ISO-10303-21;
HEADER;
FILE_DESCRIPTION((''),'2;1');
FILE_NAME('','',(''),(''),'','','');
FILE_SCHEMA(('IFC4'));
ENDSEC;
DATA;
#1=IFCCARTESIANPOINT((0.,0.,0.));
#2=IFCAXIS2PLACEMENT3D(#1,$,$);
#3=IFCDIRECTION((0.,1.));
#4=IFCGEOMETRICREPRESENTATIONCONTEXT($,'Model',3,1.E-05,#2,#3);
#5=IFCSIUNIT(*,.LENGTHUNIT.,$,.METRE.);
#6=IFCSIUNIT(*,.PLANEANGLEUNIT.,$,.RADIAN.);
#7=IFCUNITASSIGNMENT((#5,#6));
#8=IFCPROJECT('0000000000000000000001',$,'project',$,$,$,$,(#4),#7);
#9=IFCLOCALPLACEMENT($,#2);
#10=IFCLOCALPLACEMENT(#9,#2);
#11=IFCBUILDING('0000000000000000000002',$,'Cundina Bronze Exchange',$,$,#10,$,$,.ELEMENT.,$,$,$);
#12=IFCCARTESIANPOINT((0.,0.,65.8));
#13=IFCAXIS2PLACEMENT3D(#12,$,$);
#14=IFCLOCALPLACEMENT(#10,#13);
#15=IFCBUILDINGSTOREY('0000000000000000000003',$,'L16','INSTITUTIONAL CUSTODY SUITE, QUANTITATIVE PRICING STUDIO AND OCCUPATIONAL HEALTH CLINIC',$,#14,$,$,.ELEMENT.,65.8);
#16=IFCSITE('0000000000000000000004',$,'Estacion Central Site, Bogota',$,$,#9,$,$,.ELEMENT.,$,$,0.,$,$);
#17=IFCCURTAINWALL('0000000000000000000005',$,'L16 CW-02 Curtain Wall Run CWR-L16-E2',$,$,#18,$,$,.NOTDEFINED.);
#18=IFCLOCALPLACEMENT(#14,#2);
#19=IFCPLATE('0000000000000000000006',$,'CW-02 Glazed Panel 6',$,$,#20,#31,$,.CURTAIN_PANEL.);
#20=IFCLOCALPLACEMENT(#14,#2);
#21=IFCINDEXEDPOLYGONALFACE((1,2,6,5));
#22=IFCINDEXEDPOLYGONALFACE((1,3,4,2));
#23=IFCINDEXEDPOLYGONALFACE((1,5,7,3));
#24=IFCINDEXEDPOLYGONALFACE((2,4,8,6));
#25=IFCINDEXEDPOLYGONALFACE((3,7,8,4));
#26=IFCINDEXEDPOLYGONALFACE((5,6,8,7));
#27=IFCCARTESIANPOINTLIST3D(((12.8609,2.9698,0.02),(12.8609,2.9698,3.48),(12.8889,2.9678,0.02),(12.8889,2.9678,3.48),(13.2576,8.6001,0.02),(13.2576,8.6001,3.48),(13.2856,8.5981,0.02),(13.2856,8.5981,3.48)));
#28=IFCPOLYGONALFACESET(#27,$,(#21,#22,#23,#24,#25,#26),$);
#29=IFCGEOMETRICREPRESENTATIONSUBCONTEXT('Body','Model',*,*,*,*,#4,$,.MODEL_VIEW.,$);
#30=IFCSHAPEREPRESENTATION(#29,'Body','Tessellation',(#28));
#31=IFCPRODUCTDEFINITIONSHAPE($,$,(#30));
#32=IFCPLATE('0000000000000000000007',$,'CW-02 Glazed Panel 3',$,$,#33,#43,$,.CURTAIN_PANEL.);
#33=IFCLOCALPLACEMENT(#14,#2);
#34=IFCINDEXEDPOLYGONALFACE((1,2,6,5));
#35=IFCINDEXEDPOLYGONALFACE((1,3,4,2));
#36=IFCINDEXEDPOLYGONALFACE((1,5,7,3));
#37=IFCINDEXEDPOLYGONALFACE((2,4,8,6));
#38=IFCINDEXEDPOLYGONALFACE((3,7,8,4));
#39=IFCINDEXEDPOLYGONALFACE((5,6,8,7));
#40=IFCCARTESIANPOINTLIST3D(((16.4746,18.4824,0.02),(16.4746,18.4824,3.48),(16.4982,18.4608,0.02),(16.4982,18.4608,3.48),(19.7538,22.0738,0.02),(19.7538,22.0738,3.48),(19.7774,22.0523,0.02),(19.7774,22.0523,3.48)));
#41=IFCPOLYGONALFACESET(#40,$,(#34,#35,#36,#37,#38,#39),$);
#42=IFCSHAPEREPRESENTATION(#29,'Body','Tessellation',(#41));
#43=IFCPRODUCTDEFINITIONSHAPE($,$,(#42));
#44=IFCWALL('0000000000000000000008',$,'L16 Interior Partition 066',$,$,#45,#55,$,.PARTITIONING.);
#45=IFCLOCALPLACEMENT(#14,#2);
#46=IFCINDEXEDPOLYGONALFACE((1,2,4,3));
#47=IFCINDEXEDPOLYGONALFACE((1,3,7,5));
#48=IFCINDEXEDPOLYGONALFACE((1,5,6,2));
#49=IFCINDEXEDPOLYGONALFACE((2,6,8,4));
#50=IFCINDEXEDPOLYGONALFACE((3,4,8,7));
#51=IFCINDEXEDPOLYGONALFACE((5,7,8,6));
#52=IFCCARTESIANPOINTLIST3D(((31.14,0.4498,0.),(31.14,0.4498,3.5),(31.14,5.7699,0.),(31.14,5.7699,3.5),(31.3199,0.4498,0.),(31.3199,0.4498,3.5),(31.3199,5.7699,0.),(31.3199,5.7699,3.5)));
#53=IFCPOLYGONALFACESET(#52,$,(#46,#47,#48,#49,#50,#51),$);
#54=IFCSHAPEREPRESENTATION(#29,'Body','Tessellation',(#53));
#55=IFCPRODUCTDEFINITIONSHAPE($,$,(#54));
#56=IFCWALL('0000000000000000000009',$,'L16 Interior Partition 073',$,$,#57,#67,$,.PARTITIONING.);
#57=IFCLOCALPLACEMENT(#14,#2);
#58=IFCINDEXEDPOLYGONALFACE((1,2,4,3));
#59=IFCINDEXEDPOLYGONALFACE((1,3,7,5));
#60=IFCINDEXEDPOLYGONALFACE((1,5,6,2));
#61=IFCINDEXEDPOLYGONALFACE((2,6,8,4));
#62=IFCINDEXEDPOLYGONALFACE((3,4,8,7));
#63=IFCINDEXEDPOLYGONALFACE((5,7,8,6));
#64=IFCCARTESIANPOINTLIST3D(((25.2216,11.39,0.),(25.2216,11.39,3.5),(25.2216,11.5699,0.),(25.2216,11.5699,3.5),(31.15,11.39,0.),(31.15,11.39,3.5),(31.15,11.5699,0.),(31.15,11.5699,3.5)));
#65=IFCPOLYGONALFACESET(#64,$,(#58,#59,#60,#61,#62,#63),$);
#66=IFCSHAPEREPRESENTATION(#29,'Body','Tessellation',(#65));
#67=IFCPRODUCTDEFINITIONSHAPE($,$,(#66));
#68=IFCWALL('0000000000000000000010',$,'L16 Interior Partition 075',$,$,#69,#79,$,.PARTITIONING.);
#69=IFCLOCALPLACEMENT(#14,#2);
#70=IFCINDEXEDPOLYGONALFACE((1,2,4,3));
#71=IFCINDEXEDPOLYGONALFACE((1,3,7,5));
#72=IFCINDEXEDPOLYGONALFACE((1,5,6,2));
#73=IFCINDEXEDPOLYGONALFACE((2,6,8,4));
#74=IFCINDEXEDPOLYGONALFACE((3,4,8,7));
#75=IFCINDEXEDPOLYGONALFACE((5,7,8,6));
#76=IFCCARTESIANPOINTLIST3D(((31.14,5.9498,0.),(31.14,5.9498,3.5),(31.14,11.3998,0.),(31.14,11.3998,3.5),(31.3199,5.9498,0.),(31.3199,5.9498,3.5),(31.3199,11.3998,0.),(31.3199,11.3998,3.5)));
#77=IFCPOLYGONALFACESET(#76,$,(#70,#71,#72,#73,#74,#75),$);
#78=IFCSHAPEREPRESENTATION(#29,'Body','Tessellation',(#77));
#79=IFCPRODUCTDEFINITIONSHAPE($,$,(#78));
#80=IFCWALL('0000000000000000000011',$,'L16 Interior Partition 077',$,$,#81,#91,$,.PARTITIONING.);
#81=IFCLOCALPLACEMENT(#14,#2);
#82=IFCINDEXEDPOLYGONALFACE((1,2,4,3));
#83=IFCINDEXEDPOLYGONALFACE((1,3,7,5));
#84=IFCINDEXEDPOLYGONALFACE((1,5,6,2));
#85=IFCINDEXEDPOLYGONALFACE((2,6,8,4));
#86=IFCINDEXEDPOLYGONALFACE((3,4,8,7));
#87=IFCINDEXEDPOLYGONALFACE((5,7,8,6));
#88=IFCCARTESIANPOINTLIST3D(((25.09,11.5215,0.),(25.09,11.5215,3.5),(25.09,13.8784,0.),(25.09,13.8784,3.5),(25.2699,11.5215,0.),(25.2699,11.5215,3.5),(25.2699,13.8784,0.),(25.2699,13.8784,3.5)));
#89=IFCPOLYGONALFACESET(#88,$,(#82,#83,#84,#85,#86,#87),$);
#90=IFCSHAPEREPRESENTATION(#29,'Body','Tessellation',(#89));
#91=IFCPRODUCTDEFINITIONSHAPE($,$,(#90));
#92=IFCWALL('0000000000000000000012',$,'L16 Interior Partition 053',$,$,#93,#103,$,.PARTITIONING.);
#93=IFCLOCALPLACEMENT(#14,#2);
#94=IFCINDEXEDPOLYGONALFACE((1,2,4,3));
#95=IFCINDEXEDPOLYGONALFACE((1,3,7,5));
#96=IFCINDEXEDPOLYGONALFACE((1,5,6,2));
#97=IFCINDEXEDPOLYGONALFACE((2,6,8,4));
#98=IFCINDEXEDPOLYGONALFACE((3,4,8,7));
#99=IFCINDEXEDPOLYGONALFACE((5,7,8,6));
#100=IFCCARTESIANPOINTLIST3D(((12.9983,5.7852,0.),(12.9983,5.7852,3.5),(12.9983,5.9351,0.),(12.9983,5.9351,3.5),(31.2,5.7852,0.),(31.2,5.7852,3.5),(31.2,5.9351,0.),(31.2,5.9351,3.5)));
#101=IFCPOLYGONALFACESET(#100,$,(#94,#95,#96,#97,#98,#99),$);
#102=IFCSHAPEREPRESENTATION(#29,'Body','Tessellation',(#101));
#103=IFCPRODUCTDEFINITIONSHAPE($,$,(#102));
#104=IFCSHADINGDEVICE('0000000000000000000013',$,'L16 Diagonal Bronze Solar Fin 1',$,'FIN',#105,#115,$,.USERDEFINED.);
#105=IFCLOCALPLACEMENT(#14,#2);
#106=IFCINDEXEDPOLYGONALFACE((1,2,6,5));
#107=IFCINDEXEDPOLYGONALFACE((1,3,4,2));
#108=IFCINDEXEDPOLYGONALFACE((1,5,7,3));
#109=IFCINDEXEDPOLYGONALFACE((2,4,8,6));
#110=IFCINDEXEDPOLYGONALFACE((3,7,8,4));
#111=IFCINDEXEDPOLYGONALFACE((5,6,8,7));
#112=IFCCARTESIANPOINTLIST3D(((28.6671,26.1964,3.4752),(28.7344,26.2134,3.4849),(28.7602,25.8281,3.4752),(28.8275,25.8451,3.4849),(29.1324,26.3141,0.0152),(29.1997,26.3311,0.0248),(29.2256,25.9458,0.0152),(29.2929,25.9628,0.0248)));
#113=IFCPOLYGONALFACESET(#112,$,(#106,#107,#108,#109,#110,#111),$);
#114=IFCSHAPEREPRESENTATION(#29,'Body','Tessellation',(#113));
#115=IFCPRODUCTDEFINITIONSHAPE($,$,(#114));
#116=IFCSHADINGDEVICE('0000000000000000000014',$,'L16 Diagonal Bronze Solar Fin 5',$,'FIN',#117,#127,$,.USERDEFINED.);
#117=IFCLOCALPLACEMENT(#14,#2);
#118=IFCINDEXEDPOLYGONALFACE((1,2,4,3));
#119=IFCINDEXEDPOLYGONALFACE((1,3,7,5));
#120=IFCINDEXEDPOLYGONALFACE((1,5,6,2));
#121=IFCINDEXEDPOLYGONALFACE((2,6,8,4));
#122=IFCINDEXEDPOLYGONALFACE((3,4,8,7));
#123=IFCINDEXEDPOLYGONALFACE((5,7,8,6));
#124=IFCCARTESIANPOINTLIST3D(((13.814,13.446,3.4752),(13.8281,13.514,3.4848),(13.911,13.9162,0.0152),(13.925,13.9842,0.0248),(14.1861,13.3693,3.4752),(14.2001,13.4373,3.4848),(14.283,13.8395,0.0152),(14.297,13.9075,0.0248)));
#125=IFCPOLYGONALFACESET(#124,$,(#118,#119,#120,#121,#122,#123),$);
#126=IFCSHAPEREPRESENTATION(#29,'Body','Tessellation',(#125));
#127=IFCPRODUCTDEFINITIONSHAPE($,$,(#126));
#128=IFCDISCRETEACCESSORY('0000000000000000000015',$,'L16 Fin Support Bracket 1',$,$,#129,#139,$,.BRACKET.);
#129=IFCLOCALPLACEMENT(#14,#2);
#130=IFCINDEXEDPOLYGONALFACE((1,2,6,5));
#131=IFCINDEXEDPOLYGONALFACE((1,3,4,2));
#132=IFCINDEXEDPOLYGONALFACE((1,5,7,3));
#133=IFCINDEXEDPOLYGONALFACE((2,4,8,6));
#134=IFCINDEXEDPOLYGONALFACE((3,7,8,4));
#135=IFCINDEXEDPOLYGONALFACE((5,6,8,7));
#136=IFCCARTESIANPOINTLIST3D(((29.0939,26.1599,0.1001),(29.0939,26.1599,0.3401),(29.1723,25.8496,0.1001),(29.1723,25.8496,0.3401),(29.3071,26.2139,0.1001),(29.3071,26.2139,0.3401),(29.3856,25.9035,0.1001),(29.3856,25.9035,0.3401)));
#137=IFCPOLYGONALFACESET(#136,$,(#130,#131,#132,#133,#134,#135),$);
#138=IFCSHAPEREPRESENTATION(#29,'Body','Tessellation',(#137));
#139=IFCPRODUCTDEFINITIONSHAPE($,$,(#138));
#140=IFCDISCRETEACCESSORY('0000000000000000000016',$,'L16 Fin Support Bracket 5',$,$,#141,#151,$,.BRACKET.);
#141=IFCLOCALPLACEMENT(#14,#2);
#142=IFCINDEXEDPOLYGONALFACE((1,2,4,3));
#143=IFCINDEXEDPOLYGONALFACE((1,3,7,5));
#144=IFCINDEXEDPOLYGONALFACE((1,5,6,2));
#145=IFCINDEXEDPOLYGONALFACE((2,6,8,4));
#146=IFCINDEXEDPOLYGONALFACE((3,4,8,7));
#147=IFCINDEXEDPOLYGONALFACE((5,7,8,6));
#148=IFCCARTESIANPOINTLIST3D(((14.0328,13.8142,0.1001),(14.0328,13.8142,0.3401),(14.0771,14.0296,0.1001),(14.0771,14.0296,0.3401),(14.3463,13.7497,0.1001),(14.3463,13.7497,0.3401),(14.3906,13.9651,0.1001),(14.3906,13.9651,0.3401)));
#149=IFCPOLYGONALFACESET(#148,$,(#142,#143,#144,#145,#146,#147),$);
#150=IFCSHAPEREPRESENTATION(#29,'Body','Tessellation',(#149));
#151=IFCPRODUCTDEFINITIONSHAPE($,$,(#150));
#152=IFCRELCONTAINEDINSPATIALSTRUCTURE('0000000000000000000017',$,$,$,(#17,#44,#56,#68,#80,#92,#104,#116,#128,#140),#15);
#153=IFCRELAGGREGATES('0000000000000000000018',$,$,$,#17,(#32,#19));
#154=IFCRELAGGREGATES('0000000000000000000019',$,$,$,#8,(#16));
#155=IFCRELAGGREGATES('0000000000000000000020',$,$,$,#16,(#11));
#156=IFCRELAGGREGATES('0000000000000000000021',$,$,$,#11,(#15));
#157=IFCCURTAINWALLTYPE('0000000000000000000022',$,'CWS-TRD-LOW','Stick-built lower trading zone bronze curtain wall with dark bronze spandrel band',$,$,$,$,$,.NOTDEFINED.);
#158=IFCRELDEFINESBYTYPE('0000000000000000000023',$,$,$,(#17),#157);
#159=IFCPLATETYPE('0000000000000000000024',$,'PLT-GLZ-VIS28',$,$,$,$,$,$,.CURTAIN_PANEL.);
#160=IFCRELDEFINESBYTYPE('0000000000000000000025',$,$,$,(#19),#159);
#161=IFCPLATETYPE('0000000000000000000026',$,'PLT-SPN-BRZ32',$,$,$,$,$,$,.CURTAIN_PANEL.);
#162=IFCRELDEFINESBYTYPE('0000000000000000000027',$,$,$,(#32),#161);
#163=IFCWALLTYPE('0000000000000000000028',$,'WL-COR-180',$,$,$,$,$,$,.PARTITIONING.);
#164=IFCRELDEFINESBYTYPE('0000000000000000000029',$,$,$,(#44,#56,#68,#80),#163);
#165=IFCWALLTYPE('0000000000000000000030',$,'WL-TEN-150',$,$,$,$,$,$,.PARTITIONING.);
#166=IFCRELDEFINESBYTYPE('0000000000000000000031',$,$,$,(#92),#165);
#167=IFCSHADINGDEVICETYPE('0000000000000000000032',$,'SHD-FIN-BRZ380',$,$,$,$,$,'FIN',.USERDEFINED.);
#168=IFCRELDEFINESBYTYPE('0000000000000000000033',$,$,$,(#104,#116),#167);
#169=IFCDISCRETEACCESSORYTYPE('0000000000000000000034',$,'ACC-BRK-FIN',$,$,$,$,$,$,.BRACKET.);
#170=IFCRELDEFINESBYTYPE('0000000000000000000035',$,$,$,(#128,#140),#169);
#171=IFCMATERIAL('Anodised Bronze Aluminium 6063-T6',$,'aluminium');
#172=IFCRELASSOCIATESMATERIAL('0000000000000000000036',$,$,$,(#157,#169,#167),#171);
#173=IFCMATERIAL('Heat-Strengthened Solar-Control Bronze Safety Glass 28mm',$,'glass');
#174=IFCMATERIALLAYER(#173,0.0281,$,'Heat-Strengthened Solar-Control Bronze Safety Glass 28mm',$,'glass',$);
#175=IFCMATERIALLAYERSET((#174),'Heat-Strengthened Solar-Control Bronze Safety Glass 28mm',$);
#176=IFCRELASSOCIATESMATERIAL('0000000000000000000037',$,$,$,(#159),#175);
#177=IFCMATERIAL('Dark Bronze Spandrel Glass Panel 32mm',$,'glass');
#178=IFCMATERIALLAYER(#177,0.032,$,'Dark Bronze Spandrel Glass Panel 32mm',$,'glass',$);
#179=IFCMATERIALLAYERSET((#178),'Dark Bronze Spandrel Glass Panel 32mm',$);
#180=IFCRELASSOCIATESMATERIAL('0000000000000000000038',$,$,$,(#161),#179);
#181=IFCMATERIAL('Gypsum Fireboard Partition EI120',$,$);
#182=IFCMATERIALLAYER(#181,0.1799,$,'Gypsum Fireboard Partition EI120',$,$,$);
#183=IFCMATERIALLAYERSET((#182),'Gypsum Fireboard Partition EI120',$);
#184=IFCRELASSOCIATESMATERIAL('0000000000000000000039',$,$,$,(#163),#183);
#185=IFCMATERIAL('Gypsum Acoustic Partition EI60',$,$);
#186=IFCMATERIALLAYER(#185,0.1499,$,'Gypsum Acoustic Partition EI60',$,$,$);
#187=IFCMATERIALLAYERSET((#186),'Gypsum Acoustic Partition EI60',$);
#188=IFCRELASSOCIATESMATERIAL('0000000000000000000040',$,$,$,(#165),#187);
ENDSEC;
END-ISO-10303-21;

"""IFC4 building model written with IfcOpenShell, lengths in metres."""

from ifc_helpers import new_model, si_unit, direction, frame, frame_2d, origin, origin_2d, place, context, subcontext, project, spatial, rectangle, extrude, material, layer, layer_set, material_profile, profile_set, type_object, element, aggregate, save


model = new_model("IFC4")

# Units and contexts
model_context = context("Model", 3, precision=1e-05, world=origin(), true_north=direction((0.0, 1.0)))
body_context = subcontext(model_context, "Body", "Model", "MODEL_VIEW")
ifc_project = project(units=[si_unit("LENGTHUNIT", "METRE"), si_unit("PLANEANGLEUNIT", "RADIAN")], contexts=[model_context])

# Site, building, storey
site_placement = place(None, origin())
site = spatial("IfcSite", under=ifc_project, at=site_placement, Name="Estacion Central Site, Bogota", CompositionType="ELEMENT", RefElevation=0.0)
building_placement = place(site_placement, origin())
building = spatial("IfcBuilding", under=site, at=building_placement, Name="Cundina Bronze Exchange", CompositionType="ELEMENT")
storey_placement = place(building_placement, frame((0.0, 0.0, 65.8)))
storey = spatial("IfcBuildingStorey", under=building, at=storey_placement, Name="L16", Description="INSTITUTIONAL CUSTODY SUITE, QUANTITATIVE PRICING STUDIO AND OCCUPATIONAL HEALTH CLINIC", CompositionType="ELEMENT", Elevation=65.8)

# Shared definitions
ifc_material_1 = material(Name="Anodised Bronze Aluminium 6063-T6", Category="aluminium")
curtain_wall_type = type_object("IfcCurtainWallType", Name="CWS-TRD-LOW", Description="Stick-built lower trading zone bronze curtain wall with dark bronze spandrel band", PredefinedType="NOTDEFINED", material=ifc_material_1)

# Curtain wall, plates
curtain_wall_1_placement = place(storey_placement, origin())
curtain_wall_1 = element("IfcCurtainWall", 1, at=curtain_wall_1_placement, inside=storey, type_object=curtain_wall_type, Name="L16 CW-02 Curtain Wall Run CWR-L16-E2", PredefinedType="NOTDEFINED")
ifc_material_2 = material(Name="Heat-Strengthened Solar-Control Bronze Safety Glass 28mm", Category="glass")
ifc_layer_1 = layer(ifc_material_2, 0.0281, Name="Heat-Strengthened Solar-Control Bronze Safety Glass 28mm", Category="glass")
ifc_layer_set_1 = layer_set([ifc_layer_1], Name="Heat-Strengthened Solar-Control Bronze Safety Glass 28mm")
plate_type_1 = type_object("IfcPlateType", Name="PLT-GLZ-VIS28", PredefinedType="CURTAIN_PANEL", material=ifc_layer_set_1)
plate_1_placement = place(storey_placement, frame((13.0732, 5.7839, 0.02), z_axis=(0.0, 0.0, 1.0), x_axis=(-0.070279, -0.997527, 0.0)))
plate_1 = element("IfcPlate", 2, at=plate_1_placement, type_object=plate_type_1, Name="CW-02 Glazed Panel 6", PredefinedType="CURTAIN_PANEL", context=body_context, shape_type="SweptSolid", body=[
    extrude(rectangle(XDim=5.6443, YDim=0.0281, at=origin_2d()), origin(), (0.0, 0.0, 1.0), 3.46),
])
ifc_material_3 = material(Name="Dark Bronze Spandrel Glass Panel 32mm", Category="glass")
ifc_layer_2 = layer(ifc_material_3, 0.032, Name="Dark Bronze Spandrel Glass Panel 32mm", Category="glass")
ifc_layer_set_2 = layer_set([ifc_layer_2], Name="Dark Bronze Spandrel Glass Panel 32mm")
plate_type_2 = type_object("IfcPlateType", Name="PLT-SPN-BRZ32", PredefinedType="CURTAIN_PANEL", material=ifc_layer_set_2)
plate_2_placement = place(storey_placement, frame((18.126, 20.2673, 0.02), z_axis=(0.0, 0.0, 1.0), x_axis=(-0.674277, -0.738479, 0.0)))
plate_2 = element("IfcPlate", 3, at=plate_2_placement, type_object=plate_type_2, Name="CW-02 Glazed Panel 3", PredefinedType="CURTAIN_PANEL", context=body_context, shape_type="SweptSolid", body=[
    extrude(rectangle(XDim=4.8633, YDim=0.032, at=origin_2d()), origin(), (0.0, 0.0, 1.0), 3.46),
])
aggregate(curtain_wall_1, [plate_2, plate_1])

# Walls
ifc_material_4 = material(Name="Gypsum Fireboard Partition EI120")
ifc_layer_3 = layer(ifc_material_4, 0.1799, Name="Gypsum Fireboard Partition EI120")
ifc_layer_set_3 = layer_set([ifc_layer_3], Name="Gypsum Fireboard Partition EI120")
wall_type_1 = type_object("IfcWallType", Name="WL-COR-180", PredefinedType="PARTITIONING", material=ifc_layer_set_3)
wall_1_placement = place(storey_placement, frame((31.23, 5.77, 0.0), z_axis=(0.0, 0.0, 1.0), x_axis=(0.0, -1.0, 0.0)))
element("IfcWall", 4, at=wall_1_placement, inside=storey, type_object=wall_type_1, Name="L16 Interior Partition 066", PredefinedType="PARTITIONING", context=body_context, shape_type="SweptSolid", body=[
    extrude(rectangle(XDim=5.3201, YDim=0.1799, at=frame_2d((2.6602, 0.0))), origin(), (0.0, 0.0, 1.0), 3.5),
])
wall_2_placement = place(storey_placement, frame((25.2214, 11.48, 0.0), z_axis=(0.0, 0.0, 1.0), x_axis=(1.0, 0.0, 0.0)))
element("IfcWall", 5, at=wall_2_placement, inside=storey, type_object=wall_type_1, Name="L16 Interior Partition 073", PredefinedType="PARTITIONING", context=body_context, shape_type="SweptSolid", body=[
    extrude(rectangle(XDim=5.9285, YDim=0.1799, at=frame_2d((2.9644, 0.0))), origin(), (0.0, 0.0, 1.0), 3.5),
])
wall_3_placement = place(storey_placement, frame((31.23, 11.3999, 0.0), z_axis=(0.0, 0.0, 1.0), x_axis=(0.0, -1.0, 0.0)))
element("IfcWall", 6, at=wall_3_placement, inside=storey, type_object=wall_type_1, Name="L16 Interior Partition 075", PredefinedType="PARTITIONING", context=body_context, shape_type="SweptSolid", body=[
    extrude(rectangle(XDim=5.45, YDim=0.1799, at=frame_2d((2.7251, 0.0))), origin(), (0.0, 0.0, 1.0), 3.5),
])
wall_4_placement = place(storey_placement, frame((25.1799, 13.8784, 0.0), z_axis=(0.0, 0.0, 1.0), x_axis=(0.0, -1.0, 0.0)))
element("IfcWall", 7, at=wall_4_placement, inside=storey, type_object=wall_type_1, Name="L16 Interior Partition 077", PredefinedType="PARTITIONING", context=body_context, shape_type="SweptSolid", body=[
    extrude(rectangle(XDim=2.3569, YDim=0.1799, at=frame_2d((1.1785, 0.0))), origin(), (0.0, 0.0, 1.0), 3.5),
])
ifc_material_5 = material(Name="Gypsum Acoustic Partition EI60")
ifc_layer_4 = layer(ifc_material_5, 0.1499, Name="Gypsum Acoustic Partition EI60")
ifc_layer_set_4 = layer_set([ifc_layer_4], Name="Gypsum Acoustic Partition EI60")
wall_type_2 = type_object("IfcWallType", Name="WL-TEN-150", PredefinedType="PARTITIONING", material=ifc_layer_set_4)
wall_5_placement = place(storey_placement, frame((12.9983, 5.8601, 0.0), z_axis=(0.0, 0.0, 1.0), x_axis=(1.0, 0.0, 0.0)))
element("IfcWall", 8, at=wall_5_placement, inside=storey, type_object=wall_type_2, Name="L16 Interior Partition 053", PredefinedType="PARTITIONING", context=body_context, shape_type="SweptSolid", body=[
    extrude(rectangle(XDim=18.2017, YDim=0.1499, at=frame_2d((9.1008, 0.0))), origin(), (0.0, 0.0, 1.0), 3.5),
])

# Shading devices
ifc_material_profile_1 = material_profile(ifc_material_1, rectangle(XDim=0.0701, YDim=0.3799, at=origin_2d()), Name="FIN70X380", Category="aluminium")
ifc_profile_set_1 = profile_set([ifc_material_profile_1], Name="Anodised Bronze Aluminium 6063-T6")
shading_device_type = type_object("IfcShadingDeviceType", Name="SHD-FIN-BRZ380", ElementType="FIN", PredefinedType="USERDEFINED", material=ifc_profile_set_1)
for number, where, z_axis, x_axis, name in (
    (9, (29.2126, 26.1384, 0.02), (-0.133215, -0.033688, 0.990514), (0.960285, 0.242842, 0.137408), "L16 Diagonal Bronze Solar Fin 1"),
    (10, (14.104, 13.9119, 0.02), (-0.027747, -0.134612, 0.99051), (0.199967, 0.970115, 0.137442), "L16 Diagonal Bronze Solar Fin 5"),
):
    element("IfcShadingDevice", number, at=place(storey_placement, frame(where, z_axis=z_axis, x_axis=x_axis)), inside=storey, type_object=shading_device_type, Name=name, ObjectType="FIN", PredefinedType="USERDEFINED", context=body_context, shape_type="SweptSolid", body=[
        extrude(rectangle(XDim=0.0701, YDim=0.3799, at=origin_2d()), origin(), (0.0, 0.0, 1.0), 3.4932),
    ])

# Discrete accessories
discrete_accessory_type = type_object("IfcDiscreteAccessoryType", Name="ACC-BRK-FIN", PredefinedType="BRACKET", material=ifc_material_1)
for number, where, z_axis, x_axis, name in (
    (11, (29.2397, 26.0317, 0.1001), (0.0, 0.0, 1.0), (-0.969488, -0.245138, 0.0), "L16 Fin Support Bracket 1"),
    (12, (14.2117, 13.8896, 0.1001), (0.0, 0.0, 1.0), (-0.20142, -0.979505, 0.0), "L16 Fin Support Bracket 5"),
):
    element("IfcDiscreteAccessory", number, at=place(storey_placement, frame(where, z_axis=z_axis, x_axis=x_axis)), inside=storey, type_object=discrete_accessory_type, Name=name, PredefinedType="BRACKET", context=body_context, shape_type="SweptSolid", body=[
        extrude(rectangle(XDim=0.22, YDim=0.3201, at=origin_2d()), origin(), (0.0, 0.0, 1.0), 0.24),
    ])

save(model, "model.ifc")
